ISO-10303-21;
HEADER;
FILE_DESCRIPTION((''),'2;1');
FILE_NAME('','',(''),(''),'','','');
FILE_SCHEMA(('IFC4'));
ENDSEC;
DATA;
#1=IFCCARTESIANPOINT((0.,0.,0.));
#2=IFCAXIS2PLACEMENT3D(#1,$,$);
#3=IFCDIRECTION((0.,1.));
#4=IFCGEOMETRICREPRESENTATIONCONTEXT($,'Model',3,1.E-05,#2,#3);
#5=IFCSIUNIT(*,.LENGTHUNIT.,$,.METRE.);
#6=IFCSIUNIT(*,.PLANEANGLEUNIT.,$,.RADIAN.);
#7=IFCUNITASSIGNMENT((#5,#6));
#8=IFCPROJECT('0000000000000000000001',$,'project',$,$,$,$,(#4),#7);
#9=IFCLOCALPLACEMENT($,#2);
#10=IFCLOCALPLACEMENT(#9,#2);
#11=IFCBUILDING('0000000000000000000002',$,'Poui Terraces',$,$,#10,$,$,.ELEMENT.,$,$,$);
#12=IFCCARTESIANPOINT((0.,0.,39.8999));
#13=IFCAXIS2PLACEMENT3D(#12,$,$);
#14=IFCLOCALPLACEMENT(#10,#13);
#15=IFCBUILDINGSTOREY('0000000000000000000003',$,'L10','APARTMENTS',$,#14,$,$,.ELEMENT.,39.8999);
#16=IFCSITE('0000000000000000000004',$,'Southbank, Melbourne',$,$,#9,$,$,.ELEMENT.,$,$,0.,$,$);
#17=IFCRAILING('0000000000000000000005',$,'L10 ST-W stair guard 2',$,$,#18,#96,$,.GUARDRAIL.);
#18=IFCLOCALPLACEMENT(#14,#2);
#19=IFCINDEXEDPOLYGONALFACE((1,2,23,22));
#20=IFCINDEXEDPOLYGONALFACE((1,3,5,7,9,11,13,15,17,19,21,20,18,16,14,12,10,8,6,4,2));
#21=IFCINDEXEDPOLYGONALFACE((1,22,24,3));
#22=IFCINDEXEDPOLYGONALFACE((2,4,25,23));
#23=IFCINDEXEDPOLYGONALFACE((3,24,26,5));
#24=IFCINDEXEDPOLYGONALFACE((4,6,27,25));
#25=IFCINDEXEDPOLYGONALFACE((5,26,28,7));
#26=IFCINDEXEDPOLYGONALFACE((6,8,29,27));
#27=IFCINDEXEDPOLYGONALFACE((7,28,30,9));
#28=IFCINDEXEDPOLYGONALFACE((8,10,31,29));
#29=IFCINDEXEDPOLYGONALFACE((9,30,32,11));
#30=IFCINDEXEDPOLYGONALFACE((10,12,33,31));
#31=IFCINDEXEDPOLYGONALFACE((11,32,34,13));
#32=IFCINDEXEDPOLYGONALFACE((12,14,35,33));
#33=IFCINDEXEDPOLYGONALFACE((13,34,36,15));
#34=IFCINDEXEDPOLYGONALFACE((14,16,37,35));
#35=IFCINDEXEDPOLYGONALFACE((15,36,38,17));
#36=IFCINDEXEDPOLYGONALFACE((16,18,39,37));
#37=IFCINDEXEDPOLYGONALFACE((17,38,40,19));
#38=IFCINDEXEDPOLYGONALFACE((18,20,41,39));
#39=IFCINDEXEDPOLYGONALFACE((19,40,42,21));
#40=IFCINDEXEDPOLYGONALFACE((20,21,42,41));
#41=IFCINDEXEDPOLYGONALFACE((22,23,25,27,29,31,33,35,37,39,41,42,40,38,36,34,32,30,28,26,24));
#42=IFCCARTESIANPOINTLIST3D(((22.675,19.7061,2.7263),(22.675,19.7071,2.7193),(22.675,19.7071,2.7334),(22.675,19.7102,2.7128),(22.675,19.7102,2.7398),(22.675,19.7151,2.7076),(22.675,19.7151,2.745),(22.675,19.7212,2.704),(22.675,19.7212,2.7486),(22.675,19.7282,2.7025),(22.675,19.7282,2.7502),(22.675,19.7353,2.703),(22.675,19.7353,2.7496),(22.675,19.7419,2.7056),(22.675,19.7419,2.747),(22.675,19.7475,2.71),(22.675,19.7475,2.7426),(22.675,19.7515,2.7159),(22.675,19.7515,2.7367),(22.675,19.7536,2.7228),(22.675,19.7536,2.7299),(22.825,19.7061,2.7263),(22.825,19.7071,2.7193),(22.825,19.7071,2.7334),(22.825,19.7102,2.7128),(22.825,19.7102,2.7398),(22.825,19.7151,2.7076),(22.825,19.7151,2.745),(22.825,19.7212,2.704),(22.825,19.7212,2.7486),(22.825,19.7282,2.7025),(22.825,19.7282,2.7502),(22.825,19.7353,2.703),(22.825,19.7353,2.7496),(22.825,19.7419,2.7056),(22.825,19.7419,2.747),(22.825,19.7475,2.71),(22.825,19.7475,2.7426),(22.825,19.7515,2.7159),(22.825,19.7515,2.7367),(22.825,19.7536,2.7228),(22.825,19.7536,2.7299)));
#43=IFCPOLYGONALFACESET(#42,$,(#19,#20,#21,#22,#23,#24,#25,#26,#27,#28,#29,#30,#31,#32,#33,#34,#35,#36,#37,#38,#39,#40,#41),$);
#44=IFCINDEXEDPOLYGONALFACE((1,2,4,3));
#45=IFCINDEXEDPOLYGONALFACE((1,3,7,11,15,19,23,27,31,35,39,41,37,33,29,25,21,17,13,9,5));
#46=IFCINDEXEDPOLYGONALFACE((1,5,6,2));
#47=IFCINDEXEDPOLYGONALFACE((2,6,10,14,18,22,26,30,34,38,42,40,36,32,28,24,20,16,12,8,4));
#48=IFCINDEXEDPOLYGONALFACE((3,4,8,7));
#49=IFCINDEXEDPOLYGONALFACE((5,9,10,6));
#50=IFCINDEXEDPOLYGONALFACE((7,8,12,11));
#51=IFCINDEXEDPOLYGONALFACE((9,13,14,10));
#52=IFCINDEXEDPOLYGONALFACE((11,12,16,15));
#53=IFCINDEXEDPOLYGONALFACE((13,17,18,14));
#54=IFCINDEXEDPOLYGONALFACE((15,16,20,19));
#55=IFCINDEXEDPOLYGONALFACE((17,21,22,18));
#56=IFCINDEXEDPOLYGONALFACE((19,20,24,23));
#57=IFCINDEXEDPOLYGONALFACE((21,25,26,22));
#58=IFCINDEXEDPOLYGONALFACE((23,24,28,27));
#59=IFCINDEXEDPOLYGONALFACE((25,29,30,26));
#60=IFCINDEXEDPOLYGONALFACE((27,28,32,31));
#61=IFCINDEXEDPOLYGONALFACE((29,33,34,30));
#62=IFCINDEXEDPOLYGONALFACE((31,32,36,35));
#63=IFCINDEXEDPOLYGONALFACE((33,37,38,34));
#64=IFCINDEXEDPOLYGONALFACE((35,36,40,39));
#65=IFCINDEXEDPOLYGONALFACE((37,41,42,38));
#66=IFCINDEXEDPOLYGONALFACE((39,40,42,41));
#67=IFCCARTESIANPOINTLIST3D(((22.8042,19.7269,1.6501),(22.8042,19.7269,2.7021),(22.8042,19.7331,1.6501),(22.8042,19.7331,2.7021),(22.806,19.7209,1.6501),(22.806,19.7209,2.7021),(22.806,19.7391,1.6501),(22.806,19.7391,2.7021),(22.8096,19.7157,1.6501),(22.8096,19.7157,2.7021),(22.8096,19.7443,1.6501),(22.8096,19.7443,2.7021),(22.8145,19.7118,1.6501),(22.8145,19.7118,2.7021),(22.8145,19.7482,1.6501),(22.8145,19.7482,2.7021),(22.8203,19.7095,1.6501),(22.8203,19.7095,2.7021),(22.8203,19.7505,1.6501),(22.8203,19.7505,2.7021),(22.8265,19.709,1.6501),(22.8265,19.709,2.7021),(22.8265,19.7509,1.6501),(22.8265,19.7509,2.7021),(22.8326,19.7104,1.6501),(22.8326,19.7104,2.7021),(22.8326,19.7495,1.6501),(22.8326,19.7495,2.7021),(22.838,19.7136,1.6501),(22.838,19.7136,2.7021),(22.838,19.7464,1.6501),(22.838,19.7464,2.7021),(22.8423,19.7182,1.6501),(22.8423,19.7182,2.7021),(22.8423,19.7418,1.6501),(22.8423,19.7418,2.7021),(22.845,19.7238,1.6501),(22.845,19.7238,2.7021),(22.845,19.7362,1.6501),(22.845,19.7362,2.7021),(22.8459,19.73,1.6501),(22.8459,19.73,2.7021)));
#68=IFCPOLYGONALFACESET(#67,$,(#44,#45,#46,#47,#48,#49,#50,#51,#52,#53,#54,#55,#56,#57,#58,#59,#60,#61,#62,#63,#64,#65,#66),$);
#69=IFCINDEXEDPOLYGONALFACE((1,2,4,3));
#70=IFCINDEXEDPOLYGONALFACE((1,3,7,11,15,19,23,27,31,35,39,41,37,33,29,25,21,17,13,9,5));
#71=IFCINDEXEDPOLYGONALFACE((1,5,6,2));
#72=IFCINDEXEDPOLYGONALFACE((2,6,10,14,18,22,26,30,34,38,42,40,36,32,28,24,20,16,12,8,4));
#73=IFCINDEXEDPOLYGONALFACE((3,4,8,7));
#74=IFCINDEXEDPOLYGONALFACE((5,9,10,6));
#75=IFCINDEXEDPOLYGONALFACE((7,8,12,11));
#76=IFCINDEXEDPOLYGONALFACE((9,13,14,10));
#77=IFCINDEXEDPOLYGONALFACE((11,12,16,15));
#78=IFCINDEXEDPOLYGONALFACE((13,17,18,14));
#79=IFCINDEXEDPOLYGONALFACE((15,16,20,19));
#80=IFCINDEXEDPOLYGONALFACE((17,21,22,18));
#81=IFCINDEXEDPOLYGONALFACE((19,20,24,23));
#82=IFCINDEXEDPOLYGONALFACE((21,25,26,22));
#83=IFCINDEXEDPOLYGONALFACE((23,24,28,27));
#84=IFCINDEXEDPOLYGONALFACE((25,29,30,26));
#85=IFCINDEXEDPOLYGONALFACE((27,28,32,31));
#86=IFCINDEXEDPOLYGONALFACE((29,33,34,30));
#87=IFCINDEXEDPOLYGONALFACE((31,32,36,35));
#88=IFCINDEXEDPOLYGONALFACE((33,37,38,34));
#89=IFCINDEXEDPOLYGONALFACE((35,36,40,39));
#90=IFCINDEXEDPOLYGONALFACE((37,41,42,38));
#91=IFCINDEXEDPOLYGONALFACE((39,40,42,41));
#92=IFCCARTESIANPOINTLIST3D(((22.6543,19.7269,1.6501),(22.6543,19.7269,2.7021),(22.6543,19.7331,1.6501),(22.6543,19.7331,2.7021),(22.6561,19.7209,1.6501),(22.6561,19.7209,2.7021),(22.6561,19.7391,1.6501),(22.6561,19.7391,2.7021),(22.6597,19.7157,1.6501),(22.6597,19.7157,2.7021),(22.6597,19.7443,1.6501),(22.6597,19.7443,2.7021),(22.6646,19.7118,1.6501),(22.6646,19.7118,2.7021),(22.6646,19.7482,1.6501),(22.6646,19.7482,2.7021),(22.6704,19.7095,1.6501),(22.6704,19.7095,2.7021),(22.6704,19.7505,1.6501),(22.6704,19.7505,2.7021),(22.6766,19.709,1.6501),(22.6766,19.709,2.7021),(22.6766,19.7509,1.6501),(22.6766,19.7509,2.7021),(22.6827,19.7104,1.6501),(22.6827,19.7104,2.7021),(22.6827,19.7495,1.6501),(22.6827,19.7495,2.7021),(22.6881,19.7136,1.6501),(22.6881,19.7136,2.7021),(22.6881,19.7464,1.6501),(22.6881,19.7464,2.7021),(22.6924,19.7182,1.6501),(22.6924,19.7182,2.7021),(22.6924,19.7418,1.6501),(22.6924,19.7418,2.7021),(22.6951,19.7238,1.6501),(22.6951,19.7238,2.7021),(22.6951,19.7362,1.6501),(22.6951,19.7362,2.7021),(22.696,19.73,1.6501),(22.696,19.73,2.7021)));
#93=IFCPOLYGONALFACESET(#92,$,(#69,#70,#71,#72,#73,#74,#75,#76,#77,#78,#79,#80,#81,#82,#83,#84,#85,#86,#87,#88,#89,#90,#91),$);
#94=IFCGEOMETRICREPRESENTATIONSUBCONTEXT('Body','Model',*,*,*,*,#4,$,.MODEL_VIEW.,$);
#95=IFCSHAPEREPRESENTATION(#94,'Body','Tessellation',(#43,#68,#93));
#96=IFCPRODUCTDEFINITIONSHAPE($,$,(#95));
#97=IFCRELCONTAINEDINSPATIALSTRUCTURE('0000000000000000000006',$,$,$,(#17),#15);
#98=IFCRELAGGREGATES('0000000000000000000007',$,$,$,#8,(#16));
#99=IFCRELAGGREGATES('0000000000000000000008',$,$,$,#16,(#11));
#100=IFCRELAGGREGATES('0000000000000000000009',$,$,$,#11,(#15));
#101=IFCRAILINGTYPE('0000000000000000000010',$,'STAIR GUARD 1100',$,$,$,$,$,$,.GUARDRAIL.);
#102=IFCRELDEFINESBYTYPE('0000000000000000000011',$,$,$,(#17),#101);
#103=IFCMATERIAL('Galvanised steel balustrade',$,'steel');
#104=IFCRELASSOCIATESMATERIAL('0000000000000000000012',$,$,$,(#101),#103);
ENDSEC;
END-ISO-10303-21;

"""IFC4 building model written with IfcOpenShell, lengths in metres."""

from ifc_helpers import new_model, si_unit, direction, frame, origin, origin_2d, place, context, subcontext, project, spatial, circle, extrude, material, type_object, element, save


model = new_model("IFC4")

# Units and contexts
model_context = context("Model", 3, precision=1e-05, world=origin(), true_north=direction((0.0, 1.0)))
body_context = subcontext(model_context, "Body", "Model", "MODEL_VIEW")
ifc_project = project(units=[si_unit("LENGTHUNIT", "METRE"), si_unit("PLANEANGLEUNIT", "RADIAN")], contexts=[model_context])

# Site, building, storey
site_placement = place(None, origin())
site = spatial("IfcSite", under=ifc_project, at=site_placement, Name="Southbank, Melbourne", CompositionType="ELEMENT", RefElevation=0.0)
building_placement = place(site_placement, origin())
building = spatial("IfcBuilding", under=site, at=building_placement, Name="Poui Terraces", CompositionType="ELEMENT")
storey_placement = place(building_placement, frame((0.0, 0.0, 39.8999)))
storey = spatial("IfcBuildingStorey", under=building, at=storey_placement, Name="L10", Description="APARTMENTS", CompositionType="ELEMENT", Elevation=39.8999)

# Railing
ifc_material_1 = material(Name="Galvanised steel balustrade", Category="steel")
railing_type_1 = type_object("IfcRailingType", Name="STAIR GUARD 1100", PredefinedType="GUARDRAIL", material=ifc_material_1)
railing_1_placement = place(storey_placement, frame((22.825, 19.73, 1.6501)))
element("IfcRailing", 1, at=railing_1_placement, inside=storey, type_object=railing_type_1, Name="L10 ST-W stair guard 2", PredefinedType="GUARDRAIL", context=body_context, shape_type="SweptSolid", body=[
    extrude(circle(Radius=0.0239, at=origin_2d()), frame((0.0, 0.0, 1.0762), z_axis=(-1.0, 0.0, 0.0), x_axis=(0.0, -1.0, 0.0)), (0.0, 0.0, 1.0), 0.1499),
    extrude(circle(Radius=0.021, at=origin_2d()), origin(), (0.0, 0.0, 1.0), 1.052),
    extrude(circle(Radius=0.021, at=origin_2d()), frame((-0.1499, 0.0, 0.0)), (0.0, 0.0, 1.0), 1.052),
])

save(model, "model.ifc")
